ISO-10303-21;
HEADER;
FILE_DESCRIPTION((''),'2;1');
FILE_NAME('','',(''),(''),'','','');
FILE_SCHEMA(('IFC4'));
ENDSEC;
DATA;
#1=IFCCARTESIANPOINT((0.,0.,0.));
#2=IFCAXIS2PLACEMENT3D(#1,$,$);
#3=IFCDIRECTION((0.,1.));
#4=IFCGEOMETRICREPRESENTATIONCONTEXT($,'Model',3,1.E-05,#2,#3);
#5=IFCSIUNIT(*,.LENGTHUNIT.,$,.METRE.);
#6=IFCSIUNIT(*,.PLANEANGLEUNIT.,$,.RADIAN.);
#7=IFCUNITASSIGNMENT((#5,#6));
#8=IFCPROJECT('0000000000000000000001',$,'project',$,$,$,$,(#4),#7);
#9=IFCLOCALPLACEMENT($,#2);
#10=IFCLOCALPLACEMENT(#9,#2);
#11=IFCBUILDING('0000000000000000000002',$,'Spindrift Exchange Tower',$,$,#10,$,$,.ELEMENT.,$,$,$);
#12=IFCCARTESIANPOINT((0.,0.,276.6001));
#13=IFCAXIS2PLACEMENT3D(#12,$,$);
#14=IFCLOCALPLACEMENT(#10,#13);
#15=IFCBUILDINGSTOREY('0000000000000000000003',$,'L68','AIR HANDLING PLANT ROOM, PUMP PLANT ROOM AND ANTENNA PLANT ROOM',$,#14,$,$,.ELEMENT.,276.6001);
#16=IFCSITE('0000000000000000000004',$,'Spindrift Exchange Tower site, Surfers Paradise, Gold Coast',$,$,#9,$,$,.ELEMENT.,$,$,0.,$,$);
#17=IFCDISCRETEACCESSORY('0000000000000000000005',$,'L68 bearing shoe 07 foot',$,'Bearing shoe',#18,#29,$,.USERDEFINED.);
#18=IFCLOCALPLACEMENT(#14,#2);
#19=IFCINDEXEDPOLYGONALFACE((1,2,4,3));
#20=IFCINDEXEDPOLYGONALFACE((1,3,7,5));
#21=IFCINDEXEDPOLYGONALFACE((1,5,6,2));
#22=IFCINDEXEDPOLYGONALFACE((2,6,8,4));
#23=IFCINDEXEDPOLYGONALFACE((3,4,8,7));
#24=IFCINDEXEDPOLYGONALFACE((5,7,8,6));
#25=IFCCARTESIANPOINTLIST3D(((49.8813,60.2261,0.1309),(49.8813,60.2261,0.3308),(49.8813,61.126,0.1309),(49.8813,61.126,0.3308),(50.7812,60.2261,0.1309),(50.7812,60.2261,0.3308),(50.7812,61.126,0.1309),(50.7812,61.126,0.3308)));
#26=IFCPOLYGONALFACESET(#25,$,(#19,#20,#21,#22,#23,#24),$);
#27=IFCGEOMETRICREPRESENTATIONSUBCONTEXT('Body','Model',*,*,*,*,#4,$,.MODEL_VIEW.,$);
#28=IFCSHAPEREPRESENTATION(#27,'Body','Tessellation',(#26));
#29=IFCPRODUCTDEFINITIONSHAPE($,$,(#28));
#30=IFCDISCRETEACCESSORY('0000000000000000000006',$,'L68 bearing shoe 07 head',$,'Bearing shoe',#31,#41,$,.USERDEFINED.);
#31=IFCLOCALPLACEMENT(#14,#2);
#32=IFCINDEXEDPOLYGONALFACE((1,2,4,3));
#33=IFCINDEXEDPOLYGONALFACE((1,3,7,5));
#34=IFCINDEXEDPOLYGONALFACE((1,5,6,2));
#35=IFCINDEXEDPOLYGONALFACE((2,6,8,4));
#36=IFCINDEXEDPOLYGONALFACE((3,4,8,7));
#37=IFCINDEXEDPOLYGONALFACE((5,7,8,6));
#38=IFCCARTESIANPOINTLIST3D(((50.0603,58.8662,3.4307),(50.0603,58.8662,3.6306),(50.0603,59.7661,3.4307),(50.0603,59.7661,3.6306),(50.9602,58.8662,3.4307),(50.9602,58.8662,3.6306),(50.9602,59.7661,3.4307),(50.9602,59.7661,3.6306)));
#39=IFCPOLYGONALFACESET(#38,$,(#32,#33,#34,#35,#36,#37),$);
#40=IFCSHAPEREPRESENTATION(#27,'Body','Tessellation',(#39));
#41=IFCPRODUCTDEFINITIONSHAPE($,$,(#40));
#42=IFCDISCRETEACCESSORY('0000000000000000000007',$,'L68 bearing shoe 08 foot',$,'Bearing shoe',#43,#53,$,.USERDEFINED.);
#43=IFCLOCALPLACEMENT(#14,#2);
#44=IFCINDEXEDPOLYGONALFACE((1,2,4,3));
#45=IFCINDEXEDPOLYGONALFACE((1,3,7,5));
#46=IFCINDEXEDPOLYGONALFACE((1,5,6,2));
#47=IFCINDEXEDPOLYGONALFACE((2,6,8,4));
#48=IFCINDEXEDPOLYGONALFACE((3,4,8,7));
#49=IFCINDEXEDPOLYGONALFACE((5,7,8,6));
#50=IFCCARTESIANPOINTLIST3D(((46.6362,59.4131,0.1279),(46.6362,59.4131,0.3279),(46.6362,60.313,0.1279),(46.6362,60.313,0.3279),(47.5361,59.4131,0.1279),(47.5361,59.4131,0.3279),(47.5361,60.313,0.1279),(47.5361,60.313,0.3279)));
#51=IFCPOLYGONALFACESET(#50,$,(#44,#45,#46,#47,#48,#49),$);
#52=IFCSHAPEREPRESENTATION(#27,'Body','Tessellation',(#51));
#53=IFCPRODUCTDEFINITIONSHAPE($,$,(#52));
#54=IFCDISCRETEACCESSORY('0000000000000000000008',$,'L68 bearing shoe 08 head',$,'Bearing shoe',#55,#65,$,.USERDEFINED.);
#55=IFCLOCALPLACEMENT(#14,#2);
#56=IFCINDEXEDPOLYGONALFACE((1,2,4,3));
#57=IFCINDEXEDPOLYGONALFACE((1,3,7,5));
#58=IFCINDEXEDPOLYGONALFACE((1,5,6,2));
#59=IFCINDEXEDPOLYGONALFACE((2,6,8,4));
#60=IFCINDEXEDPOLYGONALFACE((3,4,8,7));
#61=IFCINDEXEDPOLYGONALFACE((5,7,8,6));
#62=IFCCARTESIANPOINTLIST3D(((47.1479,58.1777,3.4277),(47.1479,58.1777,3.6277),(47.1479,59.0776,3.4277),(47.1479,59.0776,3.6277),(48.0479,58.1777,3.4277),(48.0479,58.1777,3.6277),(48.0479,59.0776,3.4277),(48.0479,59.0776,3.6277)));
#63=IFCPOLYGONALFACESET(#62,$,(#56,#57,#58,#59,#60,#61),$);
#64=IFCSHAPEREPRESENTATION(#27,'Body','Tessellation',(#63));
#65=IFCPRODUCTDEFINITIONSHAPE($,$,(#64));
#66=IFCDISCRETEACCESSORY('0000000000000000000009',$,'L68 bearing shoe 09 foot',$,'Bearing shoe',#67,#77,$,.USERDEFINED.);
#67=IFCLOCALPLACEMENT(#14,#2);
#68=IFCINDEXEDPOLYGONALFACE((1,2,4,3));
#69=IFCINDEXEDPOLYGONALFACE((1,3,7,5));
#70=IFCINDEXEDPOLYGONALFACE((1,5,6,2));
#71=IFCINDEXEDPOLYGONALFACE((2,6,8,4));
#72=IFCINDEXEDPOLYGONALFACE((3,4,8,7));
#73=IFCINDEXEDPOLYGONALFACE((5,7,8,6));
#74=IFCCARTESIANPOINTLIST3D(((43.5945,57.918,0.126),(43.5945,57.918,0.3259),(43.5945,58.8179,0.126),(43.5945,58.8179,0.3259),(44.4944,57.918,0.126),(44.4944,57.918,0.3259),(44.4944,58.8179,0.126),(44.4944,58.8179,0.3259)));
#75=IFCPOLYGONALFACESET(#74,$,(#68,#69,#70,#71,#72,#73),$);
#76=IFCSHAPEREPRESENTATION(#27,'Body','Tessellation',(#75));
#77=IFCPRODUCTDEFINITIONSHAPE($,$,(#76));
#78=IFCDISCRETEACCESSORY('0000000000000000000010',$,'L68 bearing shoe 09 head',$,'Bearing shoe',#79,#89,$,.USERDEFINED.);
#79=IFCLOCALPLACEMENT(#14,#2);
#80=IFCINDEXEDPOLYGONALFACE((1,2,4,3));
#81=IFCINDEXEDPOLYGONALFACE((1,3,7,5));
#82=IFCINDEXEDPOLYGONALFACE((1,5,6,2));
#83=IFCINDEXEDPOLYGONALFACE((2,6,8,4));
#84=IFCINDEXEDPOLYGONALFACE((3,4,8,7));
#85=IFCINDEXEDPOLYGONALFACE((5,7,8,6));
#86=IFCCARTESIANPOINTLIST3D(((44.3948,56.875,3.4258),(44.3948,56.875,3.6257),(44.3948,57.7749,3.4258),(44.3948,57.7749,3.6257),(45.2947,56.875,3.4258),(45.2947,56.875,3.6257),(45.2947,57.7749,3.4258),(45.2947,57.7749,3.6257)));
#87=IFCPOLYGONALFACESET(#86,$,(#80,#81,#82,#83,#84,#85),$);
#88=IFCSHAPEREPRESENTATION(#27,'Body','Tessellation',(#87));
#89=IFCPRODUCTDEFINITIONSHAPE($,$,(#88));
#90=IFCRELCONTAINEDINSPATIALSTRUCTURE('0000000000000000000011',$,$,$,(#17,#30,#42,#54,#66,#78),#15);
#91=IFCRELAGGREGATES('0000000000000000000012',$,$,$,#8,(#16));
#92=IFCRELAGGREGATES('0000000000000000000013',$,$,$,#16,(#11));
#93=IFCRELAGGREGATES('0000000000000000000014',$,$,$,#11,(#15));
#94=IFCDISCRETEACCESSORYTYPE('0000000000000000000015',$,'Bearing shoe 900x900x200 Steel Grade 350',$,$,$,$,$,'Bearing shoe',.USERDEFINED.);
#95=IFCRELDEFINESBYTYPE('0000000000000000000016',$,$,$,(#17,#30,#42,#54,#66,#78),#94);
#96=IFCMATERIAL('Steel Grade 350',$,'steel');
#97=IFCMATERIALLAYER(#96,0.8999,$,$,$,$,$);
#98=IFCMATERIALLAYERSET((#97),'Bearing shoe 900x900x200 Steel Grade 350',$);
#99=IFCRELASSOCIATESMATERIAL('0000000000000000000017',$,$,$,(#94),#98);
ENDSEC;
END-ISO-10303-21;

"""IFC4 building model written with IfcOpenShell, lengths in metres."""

from ifc_helpers import new_model, si_unit, direction, frame, origin, origin_2d, place, context, subcontext, project, spatial, rectangle, extrude, source, transform, mapped, material, layer, layer_set, type_object, element, save


model = new_model("IFC4")

# Units and contexts
model_context = context("Model", 3, precision=1e-05, world=origin(), true_north=direction((0.0, 1.0)))
body_context = subcontext(model_context, "Body", "Model", "MODEL_VIEW")
ifc_project = project(units=[si_unit("LENGTHUNIT", "METRE"), si_unit("PLANEANGLEUNIT", "RADIAN")], contexts=[model_context])

# Site, building, storey
site_placement = place(None, origin())
site = spatial("IfcSite", under=ifc_project, at=site_placement, Name="Spindrift Exchange Tower site, Surfers Paradise, Gold Coast", CompositionType="ELEMENT", RefElevation=0.0)
building_placement = place(site_placement, origin())
building = spatial("IfcBuilding", under=site, at=building_placement, Name="Spindrift Exchange Tower", CompositionType="ELEMENT")
storey_placement = place(building_placement, frame((0.0, 0.0, 276.6001)))
storey = spatial("IfcBuildingStorey", under=building, at=storey_placement, Name="L68", Description="AIR HANDLING PLANT ROOM, PUMP PLANT ROOM AND ANTENNA PLANT ROOM", CompositionType="ELEMENT", Elevation=276.6001)

# Discrete accessories
ifc_material_1 = material(Name="Steel Grade 350", Category="steel")
ifc_layer_1 = layer(ifc_material_1, 0.8999)
ifc_layer_set_1 = layer_set([ifc_layer_1], Name="Bearing shoe 900x900x200 Steel Grade 350")
discrete_accessory_type = type_object("IfcDiscreteAccessoryType", Name="Bearing shoe 900x900x200 Steel Grade 350", ElementType="Bearing shoe", PredefinedType="USERDEFINED", material=ifc_layer_set_1)
shared_shape_1 = source(origin(), body_context, "Body", "SweptSolid", [
    extrude(rectangle(XDim=0.8999, YDim=0.8999, at=origin_2d()), origin(), (0.0, 0.0, 1.0), 0.2),
])
for number, where, z_axis, x_axis, name in (
    (1, (50.3313, 60.676, 0.1309), (0.0, 0.0, 1.0), (1.0, 0.0, 0.0), "L68 bearing shoe 07 foot"),
    (2, (50.5103, 59.3162, 3.4307), (0.0, 0.0, 1.0), (1.0, 0.0, 0.0), "L68 bearing shoe 07 head"),
    (3, (47.0862, 59.863, 0.1279), (0.0, 0.0, 1.0), (1.0, 0.0, 0.0), "L68 bearing shoe 08 foot"),
    (4, (47.5979, 58.6277, 3.4277), (0.0, 0.0, 1.0), (1.0, 0.0, 0.0), "L68 bearing shoe 08 head"),
    (5, (44.0444, 58.3679, 0.126), (0.0, 0.0, 1.0), (1.0, 0.0, 0.0), "L68 bearing shoe 09 foot"),
    (6, (44.8447, 57.325, 3.4258), (0.0, 0.0, 1.0), (1.0, 0.0, 0.0), "L68 bearing shoe 09 head"),
):
    element("IfcDiscreteAccessory", number, at=place(storey_placement, frame(where, z_axis=z_axis, x_axis=x_axis)), inside=storey, type_object=discrete_accessory_type, Name=name, ObjectType="Bearing shoe", PredefinedType="USERDEFINED", context=body_context, shape_type="MappedRepresentation", body=[
        mapped(shared_shape_1, transform((0.0, 0.0, 0.0), scale=1.0)),
    ])

save(model, "model.ifc")
